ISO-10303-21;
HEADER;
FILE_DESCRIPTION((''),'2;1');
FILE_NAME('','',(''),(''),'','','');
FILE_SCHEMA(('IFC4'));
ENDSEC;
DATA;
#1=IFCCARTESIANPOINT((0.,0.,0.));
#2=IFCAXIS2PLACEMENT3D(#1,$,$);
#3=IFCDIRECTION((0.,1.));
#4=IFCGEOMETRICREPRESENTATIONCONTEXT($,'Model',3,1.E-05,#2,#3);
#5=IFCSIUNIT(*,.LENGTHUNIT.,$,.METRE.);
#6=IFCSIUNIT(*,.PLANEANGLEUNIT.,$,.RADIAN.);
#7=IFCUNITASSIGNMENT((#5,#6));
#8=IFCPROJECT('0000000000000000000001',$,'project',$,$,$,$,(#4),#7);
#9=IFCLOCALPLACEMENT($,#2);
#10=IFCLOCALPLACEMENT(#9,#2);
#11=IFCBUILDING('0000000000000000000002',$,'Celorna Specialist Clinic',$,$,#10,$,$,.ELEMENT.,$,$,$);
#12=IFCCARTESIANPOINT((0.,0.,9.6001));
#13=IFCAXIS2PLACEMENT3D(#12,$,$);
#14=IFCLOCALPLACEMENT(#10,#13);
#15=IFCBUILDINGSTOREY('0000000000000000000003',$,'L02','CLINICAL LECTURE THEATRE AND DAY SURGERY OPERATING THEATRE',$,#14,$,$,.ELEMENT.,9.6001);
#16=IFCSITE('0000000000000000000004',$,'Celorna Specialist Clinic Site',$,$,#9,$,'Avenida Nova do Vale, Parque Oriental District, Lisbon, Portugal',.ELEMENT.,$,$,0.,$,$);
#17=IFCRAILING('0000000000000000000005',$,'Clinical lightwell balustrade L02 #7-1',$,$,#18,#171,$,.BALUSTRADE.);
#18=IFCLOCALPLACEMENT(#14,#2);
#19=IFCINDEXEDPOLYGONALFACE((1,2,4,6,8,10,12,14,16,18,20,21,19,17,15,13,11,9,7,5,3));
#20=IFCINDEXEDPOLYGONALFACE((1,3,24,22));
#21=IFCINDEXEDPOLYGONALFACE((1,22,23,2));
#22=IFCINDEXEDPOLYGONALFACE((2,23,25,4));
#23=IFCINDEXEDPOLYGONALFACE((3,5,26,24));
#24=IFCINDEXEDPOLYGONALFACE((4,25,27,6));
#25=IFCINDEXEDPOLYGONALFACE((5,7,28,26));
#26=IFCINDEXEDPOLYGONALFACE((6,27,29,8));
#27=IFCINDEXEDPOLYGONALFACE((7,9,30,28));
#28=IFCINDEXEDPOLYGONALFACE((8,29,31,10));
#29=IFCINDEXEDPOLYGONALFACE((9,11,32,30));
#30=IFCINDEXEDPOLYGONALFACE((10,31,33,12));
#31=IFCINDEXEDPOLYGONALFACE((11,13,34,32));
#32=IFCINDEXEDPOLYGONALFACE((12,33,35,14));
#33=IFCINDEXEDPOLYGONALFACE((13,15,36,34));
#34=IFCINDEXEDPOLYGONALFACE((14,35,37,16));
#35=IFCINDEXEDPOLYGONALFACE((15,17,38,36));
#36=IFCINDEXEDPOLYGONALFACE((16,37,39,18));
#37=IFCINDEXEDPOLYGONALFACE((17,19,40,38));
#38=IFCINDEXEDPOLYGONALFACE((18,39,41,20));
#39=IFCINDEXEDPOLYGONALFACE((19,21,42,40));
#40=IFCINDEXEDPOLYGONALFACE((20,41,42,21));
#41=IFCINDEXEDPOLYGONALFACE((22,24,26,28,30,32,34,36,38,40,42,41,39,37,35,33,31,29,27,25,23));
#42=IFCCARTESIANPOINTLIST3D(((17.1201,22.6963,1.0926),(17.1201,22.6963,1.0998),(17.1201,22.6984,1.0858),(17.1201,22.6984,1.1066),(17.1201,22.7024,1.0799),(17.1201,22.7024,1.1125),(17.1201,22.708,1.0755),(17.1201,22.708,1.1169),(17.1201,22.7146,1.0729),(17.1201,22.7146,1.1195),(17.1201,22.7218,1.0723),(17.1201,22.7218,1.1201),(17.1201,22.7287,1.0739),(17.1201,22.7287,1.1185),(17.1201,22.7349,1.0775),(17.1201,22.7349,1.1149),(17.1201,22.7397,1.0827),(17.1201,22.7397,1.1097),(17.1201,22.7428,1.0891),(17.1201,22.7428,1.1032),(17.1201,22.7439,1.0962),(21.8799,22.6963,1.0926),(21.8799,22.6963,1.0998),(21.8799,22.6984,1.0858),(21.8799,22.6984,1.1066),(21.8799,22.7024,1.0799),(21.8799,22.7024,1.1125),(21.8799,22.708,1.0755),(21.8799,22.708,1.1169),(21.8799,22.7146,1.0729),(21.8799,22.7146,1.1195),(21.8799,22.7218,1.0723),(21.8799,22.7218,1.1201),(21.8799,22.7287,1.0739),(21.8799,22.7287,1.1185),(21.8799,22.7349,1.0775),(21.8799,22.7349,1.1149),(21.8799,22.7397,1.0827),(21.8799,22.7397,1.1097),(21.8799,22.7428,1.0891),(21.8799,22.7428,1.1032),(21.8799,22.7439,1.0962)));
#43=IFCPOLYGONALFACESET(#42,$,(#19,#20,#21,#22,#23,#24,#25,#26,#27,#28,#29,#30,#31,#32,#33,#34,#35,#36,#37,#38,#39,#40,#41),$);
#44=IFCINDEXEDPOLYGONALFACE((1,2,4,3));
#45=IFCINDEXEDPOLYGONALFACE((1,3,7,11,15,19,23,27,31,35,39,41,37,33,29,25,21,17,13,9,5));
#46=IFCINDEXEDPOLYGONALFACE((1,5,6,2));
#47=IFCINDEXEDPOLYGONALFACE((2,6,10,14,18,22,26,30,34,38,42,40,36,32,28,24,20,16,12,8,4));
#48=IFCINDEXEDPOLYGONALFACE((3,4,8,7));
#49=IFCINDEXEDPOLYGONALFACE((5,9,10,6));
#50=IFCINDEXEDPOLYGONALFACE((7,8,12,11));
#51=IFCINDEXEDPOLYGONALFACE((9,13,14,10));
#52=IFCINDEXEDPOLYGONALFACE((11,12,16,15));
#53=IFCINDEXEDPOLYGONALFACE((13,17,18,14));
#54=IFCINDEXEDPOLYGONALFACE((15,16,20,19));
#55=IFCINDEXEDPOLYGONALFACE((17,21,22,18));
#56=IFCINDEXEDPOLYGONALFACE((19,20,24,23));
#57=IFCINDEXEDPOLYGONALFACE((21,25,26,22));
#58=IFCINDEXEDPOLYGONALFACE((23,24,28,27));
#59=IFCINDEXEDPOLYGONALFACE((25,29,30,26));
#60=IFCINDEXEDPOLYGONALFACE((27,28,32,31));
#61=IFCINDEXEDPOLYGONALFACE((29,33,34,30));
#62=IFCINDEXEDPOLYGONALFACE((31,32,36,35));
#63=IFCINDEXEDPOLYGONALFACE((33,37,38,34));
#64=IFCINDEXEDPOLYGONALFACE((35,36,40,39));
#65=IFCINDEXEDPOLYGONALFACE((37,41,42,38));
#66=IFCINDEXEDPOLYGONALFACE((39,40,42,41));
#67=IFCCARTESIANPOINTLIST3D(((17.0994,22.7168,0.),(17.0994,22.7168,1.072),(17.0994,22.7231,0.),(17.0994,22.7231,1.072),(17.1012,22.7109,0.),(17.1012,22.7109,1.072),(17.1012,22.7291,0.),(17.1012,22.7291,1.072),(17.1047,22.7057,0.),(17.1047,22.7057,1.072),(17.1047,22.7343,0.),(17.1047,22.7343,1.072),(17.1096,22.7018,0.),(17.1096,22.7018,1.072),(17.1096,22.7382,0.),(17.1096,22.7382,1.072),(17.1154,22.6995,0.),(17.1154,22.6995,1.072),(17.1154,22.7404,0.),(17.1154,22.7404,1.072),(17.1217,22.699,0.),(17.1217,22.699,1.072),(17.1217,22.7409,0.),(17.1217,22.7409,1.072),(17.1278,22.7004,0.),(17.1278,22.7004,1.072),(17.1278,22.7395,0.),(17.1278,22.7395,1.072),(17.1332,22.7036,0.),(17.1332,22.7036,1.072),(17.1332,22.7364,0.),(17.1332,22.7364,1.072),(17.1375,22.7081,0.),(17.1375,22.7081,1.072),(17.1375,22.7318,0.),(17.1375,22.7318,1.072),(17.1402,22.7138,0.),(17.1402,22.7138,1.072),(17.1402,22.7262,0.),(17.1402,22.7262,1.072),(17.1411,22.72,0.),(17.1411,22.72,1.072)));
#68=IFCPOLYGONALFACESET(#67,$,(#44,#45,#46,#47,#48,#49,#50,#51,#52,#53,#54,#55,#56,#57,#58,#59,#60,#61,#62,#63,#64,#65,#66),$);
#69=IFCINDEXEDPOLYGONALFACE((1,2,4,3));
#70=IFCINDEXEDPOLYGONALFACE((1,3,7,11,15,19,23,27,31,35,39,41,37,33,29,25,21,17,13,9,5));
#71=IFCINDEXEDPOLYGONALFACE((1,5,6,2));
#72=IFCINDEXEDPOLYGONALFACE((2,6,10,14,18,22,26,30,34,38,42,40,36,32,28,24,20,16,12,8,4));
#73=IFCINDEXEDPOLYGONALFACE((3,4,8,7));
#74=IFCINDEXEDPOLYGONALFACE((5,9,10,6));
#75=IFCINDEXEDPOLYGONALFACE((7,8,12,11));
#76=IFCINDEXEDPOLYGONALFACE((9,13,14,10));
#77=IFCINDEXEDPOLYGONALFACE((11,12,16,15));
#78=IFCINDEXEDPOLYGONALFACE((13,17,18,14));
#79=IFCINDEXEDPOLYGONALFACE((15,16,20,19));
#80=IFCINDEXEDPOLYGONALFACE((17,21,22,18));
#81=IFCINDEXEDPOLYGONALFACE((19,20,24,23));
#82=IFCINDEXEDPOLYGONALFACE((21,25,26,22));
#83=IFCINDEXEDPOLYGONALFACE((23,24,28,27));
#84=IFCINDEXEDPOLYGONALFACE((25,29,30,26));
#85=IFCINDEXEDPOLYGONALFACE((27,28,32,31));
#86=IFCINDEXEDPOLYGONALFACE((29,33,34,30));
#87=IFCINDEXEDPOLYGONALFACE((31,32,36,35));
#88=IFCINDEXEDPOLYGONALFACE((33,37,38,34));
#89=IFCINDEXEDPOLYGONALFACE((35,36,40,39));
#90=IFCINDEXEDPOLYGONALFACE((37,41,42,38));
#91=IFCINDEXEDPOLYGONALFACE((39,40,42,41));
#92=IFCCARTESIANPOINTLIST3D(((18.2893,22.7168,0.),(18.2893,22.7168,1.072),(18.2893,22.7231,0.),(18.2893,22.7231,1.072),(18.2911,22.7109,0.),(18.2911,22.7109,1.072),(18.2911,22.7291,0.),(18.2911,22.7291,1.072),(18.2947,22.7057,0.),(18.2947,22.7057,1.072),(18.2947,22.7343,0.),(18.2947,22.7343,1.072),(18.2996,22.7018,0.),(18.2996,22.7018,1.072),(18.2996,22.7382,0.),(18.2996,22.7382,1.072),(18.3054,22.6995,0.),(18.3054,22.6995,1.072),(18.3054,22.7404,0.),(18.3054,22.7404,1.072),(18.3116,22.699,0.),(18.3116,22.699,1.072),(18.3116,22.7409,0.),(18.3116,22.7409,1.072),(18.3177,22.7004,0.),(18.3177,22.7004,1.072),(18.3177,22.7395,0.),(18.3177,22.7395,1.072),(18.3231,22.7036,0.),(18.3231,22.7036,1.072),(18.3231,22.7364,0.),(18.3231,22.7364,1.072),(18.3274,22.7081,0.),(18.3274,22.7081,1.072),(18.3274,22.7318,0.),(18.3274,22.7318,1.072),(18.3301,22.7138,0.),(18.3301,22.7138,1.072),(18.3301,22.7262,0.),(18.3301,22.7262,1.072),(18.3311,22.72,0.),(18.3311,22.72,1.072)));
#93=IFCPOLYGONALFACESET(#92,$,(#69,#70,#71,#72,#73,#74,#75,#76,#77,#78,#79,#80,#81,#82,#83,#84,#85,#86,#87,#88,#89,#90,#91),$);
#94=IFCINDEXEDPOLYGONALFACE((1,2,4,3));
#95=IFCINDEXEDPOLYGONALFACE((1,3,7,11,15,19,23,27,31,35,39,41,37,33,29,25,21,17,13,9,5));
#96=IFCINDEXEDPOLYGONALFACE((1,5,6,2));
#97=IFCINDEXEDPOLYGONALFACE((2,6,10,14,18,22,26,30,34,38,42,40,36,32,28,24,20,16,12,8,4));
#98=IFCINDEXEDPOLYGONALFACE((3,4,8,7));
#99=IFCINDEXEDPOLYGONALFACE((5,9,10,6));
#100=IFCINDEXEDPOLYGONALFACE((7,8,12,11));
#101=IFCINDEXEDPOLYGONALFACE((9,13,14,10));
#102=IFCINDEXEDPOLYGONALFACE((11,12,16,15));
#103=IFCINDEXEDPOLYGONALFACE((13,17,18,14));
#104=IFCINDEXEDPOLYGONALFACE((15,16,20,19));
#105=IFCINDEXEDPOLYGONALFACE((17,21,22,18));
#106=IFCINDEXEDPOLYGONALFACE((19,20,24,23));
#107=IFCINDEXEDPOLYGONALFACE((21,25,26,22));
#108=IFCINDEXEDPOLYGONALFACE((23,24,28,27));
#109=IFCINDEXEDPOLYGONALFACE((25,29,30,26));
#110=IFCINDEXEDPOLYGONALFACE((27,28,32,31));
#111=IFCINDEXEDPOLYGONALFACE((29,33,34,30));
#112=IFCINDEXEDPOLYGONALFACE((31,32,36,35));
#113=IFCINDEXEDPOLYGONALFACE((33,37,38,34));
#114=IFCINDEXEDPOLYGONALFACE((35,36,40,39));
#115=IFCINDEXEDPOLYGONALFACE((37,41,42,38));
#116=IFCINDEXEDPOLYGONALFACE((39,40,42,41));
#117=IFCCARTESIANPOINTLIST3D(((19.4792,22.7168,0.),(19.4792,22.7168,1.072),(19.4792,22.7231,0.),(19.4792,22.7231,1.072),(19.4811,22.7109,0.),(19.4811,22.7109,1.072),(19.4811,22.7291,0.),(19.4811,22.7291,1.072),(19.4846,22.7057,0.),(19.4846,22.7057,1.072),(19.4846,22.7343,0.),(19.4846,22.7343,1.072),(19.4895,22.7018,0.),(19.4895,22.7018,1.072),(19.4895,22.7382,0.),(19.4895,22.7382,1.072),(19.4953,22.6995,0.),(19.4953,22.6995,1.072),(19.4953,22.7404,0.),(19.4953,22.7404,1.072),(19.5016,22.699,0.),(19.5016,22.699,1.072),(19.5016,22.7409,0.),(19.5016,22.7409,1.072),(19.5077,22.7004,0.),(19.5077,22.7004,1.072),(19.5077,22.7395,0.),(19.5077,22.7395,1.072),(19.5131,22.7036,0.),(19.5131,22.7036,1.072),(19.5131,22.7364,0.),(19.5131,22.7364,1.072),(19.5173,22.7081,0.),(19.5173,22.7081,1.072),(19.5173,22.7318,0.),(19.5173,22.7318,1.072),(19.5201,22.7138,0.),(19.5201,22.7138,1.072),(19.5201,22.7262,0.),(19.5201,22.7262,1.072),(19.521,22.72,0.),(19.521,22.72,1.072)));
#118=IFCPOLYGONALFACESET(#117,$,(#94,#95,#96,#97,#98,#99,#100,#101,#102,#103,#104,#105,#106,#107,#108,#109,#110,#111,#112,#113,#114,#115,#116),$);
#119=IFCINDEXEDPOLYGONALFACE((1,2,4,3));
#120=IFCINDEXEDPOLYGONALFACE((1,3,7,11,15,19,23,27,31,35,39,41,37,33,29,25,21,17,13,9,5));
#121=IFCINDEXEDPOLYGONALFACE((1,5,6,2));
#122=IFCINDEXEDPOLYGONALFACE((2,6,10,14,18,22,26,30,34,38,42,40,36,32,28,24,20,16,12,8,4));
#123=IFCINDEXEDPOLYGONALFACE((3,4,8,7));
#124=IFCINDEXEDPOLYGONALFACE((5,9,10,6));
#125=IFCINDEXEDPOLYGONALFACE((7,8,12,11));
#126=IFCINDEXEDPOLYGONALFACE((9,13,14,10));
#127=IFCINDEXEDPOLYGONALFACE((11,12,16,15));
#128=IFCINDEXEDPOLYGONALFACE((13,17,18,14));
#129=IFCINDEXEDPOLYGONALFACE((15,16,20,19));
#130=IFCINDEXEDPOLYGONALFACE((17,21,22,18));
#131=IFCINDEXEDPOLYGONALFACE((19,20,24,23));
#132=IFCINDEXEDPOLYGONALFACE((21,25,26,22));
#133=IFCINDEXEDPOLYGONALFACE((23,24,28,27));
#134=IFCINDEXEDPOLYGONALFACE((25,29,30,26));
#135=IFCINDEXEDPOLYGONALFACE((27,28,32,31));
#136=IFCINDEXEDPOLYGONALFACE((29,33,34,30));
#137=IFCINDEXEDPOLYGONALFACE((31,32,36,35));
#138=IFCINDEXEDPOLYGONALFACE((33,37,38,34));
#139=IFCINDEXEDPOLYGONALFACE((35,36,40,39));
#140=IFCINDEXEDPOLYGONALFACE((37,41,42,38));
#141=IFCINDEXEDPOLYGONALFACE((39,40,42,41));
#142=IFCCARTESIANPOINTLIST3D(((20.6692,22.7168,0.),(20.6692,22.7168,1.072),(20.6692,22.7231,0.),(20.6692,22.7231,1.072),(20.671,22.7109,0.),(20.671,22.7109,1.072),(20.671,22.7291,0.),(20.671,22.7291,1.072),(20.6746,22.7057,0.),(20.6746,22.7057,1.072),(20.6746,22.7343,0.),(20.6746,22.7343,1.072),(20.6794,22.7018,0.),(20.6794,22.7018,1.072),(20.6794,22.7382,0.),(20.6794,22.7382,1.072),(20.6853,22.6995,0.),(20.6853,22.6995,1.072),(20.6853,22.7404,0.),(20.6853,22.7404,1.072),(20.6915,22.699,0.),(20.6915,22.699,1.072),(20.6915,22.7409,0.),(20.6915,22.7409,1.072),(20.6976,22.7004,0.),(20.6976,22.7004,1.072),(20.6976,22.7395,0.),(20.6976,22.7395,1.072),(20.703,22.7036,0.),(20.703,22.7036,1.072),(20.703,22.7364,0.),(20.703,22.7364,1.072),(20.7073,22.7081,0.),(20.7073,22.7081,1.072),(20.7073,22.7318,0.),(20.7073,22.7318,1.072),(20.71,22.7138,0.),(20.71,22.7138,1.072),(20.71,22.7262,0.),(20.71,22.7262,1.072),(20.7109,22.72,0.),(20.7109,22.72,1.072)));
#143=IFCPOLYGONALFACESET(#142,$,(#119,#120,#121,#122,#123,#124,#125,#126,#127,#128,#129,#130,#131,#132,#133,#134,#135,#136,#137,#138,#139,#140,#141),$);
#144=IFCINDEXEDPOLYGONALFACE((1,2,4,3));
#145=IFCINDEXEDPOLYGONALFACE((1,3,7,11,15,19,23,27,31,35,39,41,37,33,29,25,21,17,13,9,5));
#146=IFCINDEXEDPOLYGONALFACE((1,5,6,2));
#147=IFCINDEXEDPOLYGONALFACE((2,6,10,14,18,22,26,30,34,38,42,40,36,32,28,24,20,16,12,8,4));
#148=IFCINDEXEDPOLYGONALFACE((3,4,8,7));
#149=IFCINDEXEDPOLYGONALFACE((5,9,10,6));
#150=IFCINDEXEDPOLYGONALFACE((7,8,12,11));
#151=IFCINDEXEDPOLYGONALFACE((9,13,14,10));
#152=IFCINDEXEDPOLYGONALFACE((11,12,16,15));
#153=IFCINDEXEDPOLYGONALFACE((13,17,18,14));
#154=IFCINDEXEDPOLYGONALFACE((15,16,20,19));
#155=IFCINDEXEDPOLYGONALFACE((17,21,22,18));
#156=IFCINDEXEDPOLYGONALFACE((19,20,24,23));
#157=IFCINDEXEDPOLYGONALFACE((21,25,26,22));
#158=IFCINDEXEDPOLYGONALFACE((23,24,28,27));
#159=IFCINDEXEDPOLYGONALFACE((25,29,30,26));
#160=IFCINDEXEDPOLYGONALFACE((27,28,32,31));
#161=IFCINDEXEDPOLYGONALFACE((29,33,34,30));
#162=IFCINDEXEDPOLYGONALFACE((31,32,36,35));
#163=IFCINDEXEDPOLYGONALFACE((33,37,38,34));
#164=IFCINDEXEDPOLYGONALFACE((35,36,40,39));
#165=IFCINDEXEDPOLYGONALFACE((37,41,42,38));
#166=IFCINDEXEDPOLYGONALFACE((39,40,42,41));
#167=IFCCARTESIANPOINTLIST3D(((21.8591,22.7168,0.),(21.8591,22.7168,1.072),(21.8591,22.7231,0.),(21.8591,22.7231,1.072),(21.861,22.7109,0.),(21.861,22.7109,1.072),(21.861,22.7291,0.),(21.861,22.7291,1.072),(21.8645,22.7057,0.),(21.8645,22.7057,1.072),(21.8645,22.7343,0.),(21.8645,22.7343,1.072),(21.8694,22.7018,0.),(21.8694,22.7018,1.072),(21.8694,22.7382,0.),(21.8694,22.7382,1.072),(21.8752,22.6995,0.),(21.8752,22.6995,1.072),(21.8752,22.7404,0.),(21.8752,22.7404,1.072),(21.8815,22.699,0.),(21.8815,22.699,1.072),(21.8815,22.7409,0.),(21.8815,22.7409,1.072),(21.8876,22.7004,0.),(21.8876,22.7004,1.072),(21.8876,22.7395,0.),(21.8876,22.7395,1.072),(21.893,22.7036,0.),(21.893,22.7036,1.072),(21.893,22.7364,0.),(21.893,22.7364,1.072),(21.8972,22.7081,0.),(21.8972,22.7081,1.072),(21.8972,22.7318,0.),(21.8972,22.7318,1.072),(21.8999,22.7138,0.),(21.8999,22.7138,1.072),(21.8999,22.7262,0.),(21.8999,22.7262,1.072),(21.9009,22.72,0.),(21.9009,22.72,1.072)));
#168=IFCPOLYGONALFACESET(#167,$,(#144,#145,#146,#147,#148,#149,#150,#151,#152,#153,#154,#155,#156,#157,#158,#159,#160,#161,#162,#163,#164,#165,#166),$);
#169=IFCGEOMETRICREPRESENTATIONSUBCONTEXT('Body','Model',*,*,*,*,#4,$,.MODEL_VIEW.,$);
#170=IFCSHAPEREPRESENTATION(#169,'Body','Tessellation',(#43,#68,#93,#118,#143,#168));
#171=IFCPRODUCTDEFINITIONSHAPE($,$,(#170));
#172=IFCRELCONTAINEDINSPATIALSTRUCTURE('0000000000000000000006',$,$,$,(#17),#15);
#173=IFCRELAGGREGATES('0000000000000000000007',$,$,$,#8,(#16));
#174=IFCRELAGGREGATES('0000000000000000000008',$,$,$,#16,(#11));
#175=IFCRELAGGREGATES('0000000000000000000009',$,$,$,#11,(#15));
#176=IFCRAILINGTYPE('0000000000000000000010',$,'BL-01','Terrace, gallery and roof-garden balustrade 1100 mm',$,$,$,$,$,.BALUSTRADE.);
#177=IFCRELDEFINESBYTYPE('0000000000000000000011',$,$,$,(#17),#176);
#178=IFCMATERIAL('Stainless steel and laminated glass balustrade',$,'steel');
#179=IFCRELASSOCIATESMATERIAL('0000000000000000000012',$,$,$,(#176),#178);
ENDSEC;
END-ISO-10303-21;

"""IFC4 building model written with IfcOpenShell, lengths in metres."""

from ifc_helpers import new_model, si_unit, direction, frame, origin, origin_2d, place, context, subcontext, project, spatial, circle, extrude, material, type_object, element, save


model = new_model("IFC4")

# Units and contexts
model_context = context("Model", 3, precision=1e-05, world=origin(), true_north=direction((0.0, 1.0)))
body_context = subcontext(model_context, "Body", "Model", "MODEL_VIEW")
ifc_project = project(units=[si_unit("LENGTHUNIT", "METRE"), si_unit("PLANEANGLEUNIT", "RADIAN")], contexts=[model_context])

# Site, building, storey
site_placement = place(None, origin())
site = spatial("IfcSite", under=ifc_project, at=site_placement, Name="Celorna Specialist Clinic Site", LongName="Avenida Nova do Vale, Parque Oriental District, Lisbon, Portugal", CompositionType="ELEMENT", RefElevation=0.0)
building_placement = place(site_placement, origin())
building = spatial("IfcBuilding", under=site, at=building_placement, Name="Celorna Specialist Clinic", CompositionType="ELEMENT")
storey_placement = place(building_placement, frame((0.0, 0.0, 9.6001)))
storey = spatial("IfcBuildingStorey", under=building, at=storey_placement, Name="L02", Description="CLINICAL LECTURE THEATRE AND DAY SURGERY OPERATING THEATRE", CompositionType="ELEMENT", Elevation=9.6001)

# Railing
ifc_material_1 = material(Name="Stainless steel and laminated glass balustrade", Category="steel")
railing_type = type_object("IfcRailingType", Name="BL-01", Description="Terrace, gallery and roof-garden balustrade 1100 mm", PredefinedType="BALUSTRADE", material=ifc_material_1)
railing_1_placement = place(storey_placement, frame((17.1201, 22.72, 0.0)))
element("IfcRailing", 1, at=railing_1_placement, inside=storey, type_object=railing_type, Name="Clinical lightwell balustrade L02 #7-1", PredefinedType="BALUSTRADE", context=body_context, shape_type="SweptSolid", body=[
    extrude(circle(Radius=0.0239, at=origin_2d()), frame((0.0, 0.0, 1.0962), z_axis=(1.0, 0.0, 0.0), x_axis=(0.0, 1.0, 0.0)), (0.0, 0.0, 1.0), 4.7598),
    extrude(circle(Radius=0.021, at=origin_2d()), origin(), (0.0, 0.0, 1.0), 1.072),
    extrude(circle(Radius=0.021, at=origin_2d()), frame((1.1899, 0.0, 0.0)), (0.0, 0.0, 1.0), 1.072),
    extrude(circle(Radius=0.021, at=origin_2d()), frame((2.3799, 0.0, 0.0)), (0.0, 0.0, 1.0), 1.072),
    extrude(circle(Radius=0.021, at=origin_2d()), frame((3.5698, 0.0, 0.0)), (0.0, 0.0, 1.0), 1.072),
    extrude(circle(Radius=0.021, at=origin_2d()), frame((4.7598, 0.0, 0.0)), (0.0, 0.0, 1.0), 1.072),
])

save(model, "model.ifc")
